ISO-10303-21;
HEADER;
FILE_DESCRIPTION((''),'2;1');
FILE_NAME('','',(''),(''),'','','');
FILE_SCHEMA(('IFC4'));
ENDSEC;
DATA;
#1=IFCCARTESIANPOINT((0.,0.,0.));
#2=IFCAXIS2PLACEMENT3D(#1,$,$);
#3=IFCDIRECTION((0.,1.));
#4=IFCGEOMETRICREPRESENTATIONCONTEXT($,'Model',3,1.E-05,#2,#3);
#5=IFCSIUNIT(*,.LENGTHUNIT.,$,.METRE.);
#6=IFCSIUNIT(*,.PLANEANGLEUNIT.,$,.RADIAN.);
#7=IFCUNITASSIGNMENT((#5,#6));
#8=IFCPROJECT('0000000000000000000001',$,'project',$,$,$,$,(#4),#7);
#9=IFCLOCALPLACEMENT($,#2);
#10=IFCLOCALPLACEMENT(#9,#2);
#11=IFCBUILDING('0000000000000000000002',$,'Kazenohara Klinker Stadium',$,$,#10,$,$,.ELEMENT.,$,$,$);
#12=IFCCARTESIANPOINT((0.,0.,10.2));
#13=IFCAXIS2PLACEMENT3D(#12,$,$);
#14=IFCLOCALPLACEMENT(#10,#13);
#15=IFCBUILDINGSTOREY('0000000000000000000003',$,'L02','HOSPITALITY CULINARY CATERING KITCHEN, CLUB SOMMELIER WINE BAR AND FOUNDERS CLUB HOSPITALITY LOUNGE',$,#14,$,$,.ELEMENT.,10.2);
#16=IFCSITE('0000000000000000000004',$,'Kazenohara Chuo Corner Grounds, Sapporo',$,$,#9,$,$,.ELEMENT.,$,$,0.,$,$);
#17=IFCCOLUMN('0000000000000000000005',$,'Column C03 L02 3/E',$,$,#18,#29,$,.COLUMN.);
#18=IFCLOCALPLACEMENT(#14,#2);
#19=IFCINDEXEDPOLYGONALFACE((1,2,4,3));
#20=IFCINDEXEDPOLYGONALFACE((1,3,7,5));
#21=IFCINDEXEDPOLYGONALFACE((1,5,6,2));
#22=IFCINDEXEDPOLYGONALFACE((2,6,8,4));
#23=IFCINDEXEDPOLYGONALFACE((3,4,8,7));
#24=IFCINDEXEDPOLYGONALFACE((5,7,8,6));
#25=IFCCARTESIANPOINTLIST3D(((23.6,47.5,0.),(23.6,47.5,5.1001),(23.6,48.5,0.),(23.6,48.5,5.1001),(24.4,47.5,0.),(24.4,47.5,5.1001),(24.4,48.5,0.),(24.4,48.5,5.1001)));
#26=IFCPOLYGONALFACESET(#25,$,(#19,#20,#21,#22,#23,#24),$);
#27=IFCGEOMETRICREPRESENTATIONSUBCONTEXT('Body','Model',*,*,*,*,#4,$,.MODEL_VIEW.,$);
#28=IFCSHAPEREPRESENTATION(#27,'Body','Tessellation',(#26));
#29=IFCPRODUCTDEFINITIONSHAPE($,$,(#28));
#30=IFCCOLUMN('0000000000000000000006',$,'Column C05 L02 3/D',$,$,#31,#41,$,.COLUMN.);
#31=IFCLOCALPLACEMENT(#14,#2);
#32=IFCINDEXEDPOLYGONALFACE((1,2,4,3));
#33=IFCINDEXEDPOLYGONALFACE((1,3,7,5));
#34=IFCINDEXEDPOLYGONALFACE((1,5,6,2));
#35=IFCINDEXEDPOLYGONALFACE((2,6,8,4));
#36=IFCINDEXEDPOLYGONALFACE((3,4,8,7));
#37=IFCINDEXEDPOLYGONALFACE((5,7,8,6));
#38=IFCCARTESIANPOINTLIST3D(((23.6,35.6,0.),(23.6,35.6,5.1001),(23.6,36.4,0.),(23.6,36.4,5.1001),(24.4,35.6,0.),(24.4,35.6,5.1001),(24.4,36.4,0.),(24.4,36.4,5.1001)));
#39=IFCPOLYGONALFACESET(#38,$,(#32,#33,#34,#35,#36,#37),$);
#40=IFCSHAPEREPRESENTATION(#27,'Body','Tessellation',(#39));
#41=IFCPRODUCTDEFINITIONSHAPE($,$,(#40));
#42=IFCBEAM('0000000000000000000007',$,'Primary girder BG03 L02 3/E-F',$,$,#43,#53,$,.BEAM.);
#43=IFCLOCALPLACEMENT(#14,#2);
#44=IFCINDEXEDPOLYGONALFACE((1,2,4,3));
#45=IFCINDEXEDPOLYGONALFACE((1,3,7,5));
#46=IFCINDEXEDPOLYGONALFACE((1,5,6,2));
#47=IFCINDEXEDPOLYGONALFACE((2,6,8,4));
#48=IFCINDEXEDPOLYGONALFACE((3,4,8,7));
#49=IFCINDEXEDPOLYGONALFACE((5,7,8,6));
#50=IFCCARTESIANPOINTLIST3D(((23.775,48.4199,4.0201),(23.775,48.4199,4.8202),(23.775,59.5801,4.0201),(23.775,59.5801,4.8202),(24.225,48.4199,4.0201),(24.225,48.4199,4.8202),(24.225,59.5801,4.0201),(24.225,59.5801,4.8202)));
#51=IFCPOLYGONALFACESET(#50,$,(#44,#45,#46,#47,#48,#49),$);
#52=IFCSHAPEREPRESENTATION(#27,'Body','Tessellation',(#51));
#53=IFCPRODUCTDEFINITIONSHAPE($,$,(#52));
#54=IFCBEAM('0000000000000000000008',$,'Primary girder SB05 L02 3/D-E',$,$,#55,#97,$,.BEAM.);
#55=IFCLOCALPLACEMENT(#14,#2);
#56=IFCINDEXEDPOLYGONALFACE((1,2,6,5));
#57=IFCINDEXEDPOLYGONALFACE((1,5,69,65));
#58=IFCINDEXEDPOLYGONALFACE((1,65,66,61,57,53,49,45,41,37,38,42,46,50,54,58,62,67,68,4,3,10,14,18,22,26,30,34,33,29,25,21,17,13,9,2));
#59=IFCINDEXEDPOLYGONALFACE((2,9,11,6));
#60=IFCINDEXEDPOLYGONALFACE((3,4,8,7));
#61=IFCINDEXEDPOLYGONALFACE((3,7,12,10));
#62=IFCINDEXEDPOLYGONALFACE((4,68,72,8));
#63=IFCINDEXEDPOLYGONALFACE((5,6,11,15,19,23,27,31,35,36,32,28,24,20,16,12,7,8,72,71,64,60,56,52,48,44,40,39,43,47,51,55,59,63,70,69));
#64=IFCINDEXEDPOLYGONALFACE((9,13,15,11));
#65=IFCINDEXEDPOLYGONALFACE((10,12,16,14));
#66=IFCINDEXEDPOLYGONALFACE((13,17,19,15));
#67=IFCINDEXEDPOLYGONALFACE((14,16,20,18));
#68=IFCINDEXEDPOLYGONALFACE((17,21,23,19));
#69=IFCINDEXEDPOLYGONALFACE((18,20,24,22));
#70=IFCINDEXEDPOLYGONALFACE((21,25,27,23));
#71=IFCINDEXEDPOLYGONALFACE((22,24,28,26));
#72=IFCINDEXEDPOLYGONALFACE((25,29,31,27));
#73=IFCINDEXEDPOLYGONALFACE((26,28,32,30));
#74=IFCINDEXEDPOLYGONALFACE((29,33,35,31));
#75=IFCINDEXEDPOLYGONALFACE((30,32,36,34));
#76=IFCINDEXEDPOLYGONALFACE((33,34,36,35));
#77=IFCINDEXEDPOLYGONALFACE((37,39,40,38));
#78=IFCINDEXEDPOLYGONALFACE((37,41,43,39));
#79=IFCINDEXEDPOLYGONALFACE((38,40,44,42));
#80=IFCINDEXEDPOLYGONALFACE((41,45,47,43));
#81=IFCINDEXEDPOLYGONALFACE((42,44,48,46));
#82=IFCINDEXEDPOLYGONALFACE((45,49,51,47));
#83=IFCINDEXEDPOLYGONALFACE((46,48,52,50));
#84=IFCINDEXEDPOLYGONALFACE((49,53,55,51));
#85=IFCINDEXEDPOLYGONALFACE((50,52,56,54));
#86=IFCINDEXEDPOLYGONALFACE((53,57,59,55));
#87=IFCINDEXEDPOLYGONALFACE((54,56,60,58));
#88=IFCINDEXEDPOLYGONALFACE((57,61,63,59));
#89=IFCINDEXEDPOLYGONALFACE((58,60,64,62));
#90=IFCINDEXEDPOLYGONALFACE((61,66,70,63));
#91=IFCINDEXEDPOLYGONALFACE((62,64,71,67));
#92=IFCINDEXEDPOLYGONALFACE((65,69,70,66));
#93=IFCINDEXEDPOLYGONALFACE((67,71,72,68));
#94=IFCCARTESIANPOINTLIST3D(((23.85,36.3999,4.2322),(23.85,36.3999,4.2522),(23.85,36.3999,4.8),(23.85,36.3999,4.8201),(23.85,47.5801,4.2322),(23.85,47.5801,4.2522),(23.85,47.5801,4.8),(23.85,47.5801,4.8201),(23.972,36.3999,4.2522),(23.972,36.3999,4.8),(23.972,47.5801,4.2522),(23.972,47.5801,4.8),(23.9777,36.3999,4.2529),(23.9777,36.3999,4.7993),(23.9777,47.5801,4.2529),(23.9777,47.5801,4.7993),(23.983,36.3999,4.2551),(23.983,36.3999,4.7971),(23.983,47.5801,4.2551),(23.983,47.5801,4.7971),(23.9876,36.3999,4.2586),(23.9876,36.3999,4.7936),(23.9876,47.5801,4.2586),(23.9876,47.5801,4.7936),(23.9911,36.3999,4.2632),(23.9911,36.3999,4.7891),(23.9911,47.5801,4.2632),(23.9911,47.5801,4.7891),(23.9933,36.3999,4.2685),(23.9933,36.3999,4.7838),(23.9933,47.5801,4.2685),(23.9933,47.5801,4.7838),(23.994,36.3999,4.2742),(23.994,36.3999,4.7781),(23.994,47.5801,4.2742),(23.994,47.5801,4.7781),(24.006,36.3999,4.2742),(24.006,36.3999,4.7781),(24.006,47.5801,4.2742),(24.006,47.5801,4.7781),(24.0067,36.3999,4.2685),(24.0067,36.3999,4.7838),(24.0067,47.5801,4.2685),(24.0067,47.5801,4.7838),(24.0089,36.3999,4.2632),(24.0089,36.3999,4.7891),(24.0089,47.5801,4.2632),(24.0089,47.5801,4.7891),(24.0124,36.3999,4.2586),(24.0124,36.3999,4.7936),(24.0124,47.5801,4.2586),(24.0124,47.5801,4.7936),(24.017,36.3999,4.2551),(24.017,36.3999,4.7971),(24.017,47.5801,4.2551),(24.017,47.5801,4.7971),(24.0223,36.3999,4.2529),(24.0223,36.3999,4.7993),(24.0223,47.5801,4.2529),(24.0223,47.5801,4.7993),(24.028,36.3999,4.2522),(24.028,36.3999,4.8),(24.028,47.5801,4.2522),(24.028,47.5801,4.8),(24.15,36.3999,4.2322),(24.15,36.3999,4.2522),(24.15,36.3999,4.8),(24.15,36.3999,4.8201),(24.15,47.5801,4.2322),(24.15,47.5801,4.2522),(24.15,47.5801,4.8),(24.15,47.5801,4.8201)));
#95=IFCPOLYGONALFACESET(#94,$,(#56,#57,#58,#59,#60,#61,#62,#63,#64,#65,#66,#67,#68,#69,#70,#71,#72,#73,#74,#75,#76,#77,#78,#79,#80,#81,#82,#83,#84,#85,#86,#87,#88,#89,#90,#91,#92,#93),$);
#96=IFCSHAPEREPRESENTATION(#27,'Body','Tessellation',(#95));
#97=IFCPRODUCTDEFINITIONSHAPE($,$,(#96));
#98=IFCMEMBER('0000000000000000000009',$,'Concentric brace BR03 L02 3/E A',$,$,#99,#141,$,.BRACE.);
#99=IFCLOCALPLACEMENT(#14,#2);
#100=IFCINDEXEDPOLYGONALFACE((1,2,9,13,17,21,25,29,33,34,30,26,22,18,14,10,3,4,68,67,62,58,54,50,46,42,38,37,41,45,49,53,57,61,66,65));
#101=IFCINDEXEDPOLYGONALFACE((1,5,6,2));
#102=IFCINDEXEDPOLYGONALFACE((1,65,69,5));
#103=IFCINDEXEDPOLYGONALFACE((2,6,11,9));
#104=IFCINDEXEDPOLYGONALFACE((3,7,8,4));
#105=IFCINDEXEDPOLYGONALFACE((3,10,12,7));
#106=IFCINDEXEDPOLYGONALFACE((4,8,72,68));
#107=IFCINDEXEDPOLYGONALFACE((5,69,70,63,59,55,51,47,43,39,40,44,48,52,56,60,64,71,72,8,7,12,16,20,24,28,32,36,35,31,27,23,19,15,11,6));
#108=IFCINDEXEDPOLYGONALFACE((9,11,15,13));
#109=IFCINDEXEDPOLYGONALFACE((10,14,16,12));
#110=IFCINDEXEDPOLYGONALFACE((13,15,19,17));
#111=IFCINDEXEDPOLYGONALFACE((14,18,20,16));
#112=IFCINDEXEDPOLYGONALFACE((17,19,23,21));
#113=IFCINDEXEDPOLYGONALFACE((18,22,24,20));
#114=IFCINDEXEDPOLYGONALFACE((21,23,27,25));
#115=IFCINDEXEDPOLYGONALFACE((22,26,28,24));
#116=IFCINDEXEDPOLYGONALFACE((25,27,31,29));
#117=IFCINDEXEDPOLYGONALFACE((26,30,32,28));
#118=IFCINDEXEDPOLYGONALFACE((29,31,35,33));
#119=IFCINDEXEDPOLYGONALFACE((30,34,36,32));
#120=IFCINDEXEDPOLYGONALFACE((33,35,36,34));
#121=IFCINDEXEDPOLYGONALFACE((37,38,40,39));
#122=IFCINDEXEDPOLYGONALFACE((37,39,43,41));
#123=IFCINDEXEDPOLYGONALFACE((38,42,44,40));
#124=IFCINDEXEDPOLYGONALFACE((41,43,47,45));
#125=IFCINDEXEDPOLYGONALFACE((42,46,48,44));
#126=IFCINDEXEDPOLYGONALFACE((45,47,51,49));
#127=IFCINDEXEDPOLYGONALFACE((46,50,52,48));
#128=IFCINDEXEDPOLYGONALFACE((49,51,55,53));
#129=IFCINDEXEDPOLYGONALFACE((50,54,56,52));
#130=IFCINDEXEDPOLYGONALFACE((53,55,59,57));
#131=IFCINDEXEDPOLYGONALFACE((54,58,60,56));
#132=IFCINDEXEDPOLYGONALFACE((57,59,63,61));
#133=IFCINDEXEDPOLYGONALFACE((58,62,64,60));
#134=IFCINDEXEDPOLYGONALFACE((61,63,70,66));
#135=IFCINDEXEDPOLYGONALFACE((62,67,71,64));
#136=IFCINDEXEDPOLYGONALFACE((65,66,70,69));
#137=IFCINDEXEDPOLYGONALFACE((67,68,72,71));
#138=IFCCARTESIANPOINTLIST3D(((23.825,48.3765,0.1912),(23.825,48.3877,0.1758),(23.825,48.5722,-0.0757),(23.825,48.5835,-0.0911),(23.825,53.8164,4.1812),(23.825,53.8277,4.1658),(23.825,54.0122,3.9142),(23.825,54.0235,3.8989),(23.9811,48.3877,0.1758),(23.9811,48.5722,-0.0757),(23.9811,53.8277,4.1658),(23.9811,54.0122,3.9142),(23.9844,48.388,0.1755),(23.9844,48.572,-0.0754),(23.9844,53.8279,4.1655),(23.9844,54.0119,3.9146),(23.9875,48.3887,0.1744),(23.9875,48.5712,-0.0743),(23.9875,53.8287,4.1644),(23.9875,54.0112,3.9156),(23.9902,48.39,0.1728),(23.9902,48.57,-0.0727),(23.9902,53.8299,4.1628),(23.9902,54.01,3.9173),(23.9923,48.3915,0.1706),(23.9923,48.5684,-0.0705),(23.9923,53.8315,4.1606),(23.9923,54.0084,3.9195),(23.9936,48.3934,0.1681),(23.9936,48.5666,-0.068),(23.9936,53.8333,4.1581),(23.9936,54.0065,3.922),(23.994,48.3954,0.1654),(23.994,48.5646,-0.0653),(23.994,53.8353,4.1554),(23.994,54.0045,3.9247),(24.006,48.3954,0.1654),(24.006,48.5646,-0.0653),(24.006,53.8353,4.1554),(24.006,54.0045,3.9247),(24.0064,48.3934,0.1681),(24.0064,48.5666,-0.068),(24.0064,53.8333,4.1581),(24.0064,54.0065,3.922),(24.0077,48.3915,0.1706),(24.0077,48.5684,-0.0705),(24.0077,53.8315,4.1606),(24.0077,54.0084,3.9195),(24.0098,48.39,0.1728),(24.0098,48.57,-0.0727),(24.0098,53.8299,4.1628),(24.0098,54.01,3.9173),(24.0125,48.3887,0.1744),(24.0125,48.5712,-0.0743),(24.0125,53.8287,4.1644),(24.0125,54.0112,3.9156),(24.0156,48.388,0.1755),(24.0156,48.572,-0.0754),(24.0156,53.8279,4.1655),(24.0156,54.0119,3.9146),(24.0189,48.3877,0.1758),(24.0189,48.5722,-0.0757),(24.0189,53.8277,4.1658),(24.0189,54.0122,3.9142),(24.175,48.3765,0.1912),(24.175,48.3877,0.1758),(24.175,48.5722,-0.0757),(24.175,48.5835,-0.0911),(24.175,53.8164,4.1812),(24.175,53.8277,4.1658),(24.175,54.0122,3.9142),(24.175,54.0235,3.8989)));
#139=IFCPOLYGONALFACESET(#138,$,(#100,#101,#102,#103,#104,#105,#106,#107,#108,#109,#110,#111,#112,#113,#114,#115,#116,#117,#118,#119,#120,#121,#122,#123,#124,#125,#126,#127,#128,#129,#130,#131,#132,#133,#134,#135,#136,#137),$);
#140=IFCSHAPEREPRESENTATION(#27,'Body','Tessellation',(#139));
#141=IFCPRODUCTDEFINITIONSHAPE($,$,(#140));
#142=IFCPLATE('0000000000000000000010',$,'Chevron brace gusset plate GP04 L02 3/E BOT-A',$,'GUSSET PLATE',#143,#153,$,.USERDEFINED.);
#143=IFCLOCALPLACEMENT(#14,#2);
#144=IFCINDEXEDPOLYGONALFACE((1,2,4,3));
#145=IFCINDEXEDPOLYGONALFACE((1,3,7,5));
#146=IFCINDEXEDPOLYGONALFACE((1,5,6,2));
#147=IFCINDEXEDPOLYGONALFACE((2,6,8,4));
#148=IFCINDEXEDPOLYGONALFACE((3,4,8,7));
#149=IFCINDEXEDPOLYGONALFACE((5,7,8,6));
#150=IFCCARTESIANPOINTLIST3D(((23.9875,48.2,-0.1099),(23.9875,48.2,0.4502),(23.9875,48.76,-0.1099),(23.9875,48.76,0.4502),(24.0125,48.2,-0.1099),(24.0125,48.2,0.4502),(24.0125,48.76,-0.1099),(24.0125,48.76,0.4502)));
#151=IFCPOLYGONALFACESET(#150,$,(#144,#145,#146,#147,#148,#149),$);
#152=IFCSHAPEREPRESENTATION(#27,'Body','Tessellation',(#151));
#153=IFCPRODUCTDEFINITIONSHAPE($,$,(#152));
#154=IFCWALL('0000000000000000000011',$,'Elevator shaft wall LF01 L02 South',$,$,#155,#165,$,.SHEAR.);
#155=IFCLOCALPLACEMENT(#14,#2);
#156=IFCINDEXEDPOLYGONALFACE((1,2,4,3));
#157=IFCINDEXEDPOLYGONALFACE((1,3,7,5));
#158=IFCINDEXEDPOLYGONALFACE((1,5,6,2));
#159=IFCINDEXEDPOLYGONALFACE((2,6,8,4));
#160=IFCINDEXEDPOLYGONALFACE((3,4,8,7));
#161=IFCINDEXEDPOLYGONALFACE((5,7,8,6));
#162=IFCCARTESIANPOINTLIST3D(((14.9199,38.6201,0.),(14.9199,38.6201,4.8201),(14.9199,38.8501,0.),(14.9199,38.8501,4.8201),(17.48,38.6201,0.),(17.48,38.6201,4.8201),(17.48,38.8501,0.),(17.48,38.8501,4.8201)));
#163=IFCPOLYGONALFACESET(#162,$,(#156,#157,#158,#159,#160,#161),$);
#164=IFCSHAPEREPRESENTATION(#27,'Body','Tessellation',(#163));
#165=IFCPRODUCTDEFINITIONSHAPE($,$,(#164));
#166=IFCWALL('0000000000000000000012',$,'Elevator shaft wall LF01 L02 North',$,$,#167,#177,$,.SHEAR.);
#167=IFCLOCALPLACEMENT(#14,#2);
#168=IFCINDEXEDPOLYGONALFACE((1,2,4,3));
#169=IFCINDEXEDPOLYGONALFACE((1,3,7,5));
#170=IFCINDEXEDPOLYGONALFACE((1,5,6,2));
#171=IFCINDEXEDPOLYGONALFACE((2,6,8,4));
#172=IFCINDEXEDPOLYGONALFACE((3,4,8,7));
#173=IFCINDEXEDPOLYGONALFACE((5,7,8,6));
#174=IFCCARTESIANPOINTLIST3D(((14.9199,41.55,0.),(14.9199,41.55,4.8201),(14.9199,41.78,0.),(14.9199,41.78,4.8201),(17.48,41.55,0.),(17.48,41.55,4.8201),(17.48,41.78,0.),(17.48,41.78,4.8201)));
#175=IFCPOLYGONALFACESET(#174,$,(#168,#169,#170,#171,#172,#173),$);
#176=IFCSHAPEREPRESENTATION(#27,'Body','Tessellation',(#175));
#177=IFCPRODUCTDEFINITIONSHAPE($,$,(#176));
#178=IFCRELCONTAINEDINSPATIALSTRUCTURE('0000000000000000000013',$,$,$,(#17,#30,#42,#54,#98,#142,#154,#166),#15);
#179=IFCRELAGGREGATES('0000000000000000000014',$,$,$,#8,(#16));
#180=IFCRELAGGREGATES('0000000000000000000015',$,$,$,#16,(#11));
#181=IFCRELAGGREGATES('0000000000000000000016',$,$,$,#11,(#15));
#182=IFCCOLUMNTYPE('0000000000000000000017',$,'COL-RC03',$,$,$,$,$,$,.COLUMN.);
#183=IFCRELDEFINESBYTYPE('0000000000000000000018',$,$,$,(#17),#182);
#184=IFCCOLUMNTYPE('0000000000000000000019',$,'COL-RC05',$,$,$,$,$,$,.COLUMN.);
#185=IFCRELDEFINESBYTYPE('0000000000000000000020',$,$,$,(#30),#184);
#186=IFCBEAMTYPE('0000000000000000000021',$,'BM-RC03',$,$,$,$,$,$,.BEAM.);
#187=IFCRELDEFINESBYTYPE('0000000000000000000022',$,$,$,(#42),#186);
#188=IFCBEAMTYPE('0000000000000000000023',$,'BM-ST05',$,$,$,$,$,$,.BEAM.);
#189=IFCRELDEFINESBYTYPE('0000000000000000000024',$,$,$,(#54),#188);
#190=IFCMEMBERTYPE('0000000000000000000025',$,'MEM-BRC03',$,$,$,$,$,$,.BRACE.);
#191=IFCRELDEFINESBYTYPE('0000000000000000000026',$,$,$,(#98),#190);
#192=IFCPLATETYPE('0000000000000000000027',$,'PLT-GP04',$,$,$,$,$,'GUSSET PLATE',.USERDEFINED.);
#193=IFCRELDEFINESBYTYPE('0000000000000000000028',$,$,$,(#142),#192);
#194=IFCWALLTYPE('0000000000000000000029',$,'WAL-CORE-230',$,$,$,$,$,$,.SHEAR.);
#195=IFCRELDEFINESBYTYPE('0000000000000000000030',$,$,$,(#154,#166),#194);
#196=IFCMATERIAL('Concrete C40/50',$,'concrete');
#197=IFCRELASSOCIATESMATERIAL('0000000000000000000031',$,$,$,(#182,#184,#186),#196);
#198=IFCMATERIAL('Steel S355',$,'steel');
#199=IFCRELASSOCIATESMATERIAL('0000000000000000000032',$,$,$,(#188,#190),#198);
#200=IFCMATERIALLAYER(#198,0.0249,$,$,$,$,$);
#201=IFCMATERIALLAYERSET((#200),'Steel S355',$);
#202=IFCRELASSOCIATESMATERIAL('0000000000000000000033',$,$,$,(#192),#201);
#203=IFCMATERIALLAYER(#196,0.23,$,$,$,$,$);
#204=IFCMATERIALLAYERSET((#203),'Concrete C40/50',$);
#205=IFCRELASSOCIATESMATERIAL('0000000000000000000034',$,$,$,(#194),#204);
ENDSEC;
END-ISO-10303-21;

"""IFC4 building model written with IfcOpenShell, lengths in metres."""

from ifc_helpers import new_model, si_unit, direction, frame, frame_2d, origin, origin_2d, place, context, subcontext, project, spatial, rectangle, i_section, extrude, material, layer, layer_set, material_profile, profile_set, type_object, element, save


model = new_model("IFC4")

# Units and contexts
model_context = context("Model", 3, precision=1e-05, world=origin(), true_north=direction((0.0, 1.0)))
body_context = subcontext(model_context, "Body", "Model", "MODEL_VIEW")
ifc_project = project(units=[si_unit("LENGTHUNIT", "METRE"), si_unit("PLANEANGLEUNIT", "RADIAN")], contexts=[model_context])

# Site, building, storey
site_placement = place(None, origin())
site = spatial("IfcSite", under=ifc_project, at=site_placement, Name="Kazenohara Chuo Corner Grounds, Sapporo", CompositionType="ELEMENT", RefElevation=0.0)
building_placement = place(site_placement, origin())
building = spatial("IfcBuilding", under=site, at=building_placement, Name="Kazenohara Klinker Stadium", CompositionType="ELEMENT")
storey_placement = place(building_placement, frame((0.0, 0.0, 10.2)))
storey = spatial("IfcBuildingStorey", under=building, at=storey_placement, Name="L02", Description="HOSPITALITY CULINARY CATERING KITCHEN, CLUB SOMMELIER WINE BAR AND FOUNDERS CLUB HOSPITALITY LOUNGE", CompositionType="ELEMENT", Elevation=10.2)

# Columns
ifc_material_1 = material(Name="Concrete C40/50", Category="concrete")
ifc_material_profile_1 = material_profile(ifc_material_1, rectangle(XDim=0.8, YDim=1.0, at=origin_2d()), Name="RC-COL-1000x800")
ifc_profile_set_1 = profile_set([ifc_material_profile_1], Name="Concrete C40/50")
column_type_1 = type_object("IfcColumnType", Name="COL-RC03", PredefinedType="COLUMN", material=ifc_profile_set_1)
column_1_placement = place(storey_placement, frame((24.0, 48.0, 0.0), z_axis=(0.0, 0.0, 1.0), x_axis=(1.0, 0.0, 0.0)))
element("IfcColumn", 1, at=column_1_placement, inside=storey, type_object=column_type_1, Name="Column C03 L02 3/E", PredefinedType="COLUMN", context=body_context, shape_type="SweptSolid", body=[
    extrude(rectangle(XDim=0.8, YDim=1.0, at=origin_2d()), origin(), (0.0, 0.0, 1.0), 5.1001),
])
ifc_material_profile_2 = material_profile(ifc_material_1, rectangle(XDim=0.8, YDim=0.8, at=origin_2d()), Name="RC-COL-800x800")
ifc_profile_set_2 = profile_set([ifc_material_profile_2], Name="Concrete C40/50")
column_type_2 = type_object("IfcColumnType", Name="COL-RC05", PredefinedType="COLUMN", material=ifc_profile_set_2)
column_2_placement = place(storey_placement, frame((24.0, 36.0, 0.0), z_axis=(0.0, 0.0, 1.0), x_axis=(1.0, 0.0, 0.0)))
element("IfcColumn", 2, at=column_2_placement, inside=storey, type_object=column_type_2, Name="Column C05 L02 3/D", PredefinedType="COLUMN", context=body_context, shape_type="SweptSolid", body=[
    extrude(rectangle(XDim=0.8, YDim=0.8, at=origin_2d()), origin(), (0.0, 0.0, 1.0), 5.1001),
])

# Beams
ifc_material_profile_3 = material_profile(ifc_material_1, rectangle(XDim=0.45, YDim=0.8, at=origin_2d()), Name="RC-BM-450x800")
ifc_profile_set_3 = profile_set([ifc_material_profile_3], Name="Concrete C40/50")
beam_type_1 = type_object("IfcBeamType", Name="BM-RC03", PredefinedType="BEAM", material=ifc_profile_set_3)
beam_1_placement = place(storey_placement, frame((24.0, 48.4199, 4.4202), z_axis=(0.0, 1.0, 0.0), x_axis=(-1.0, 0.0, 0.0)))
element("IfcBeam", 3, at=beam_1_placement, inside=storey, type_object=beam_type_1, Name="Primary girder BG03 L02 3/E-F", PredefinedType="BEAM", context=body_context, shape_type="SweptSolid", body=[
    extrude(rectangle(XDim=0.45, YDim=0.8, at=origin_2d()), origin(), (0.0, 0.0, 1.0), 11.1602),
])
ifc_material_2 = material(Name="Steel S355", Category="steel")
ifc_material_profile_4 = material_profile(ifc_material_2, i_section(OverallWidth=0.3, OverallDepth=0.5879, WebThickness=0.012, FlangeThickness=0.02, FilletRadius=0.022, at=origin_2d()), Name="H-588x300x12x20")
ifc_profile_set_4 = profile_set([ifc_material_profile_4], Name="Steel S355")
beam_type_2 = type_object("IfcBeamType", Name="BM-ST05", PredefinedType="BEAM", material=ifc_profile_set_4)
beam_2_placement = place(storey_placement, frame((24.0, 36.3999, 4.5261), z_axis=(0.0, 1.0, 0.0), x_axis=(-1.0, 0.0, 0.0)))
element("IfcBeam", 4, at=beam_2_placement, inside=storey, type_object=beam_type_2, Name="Primary girder SB05 L02 3/D-E", PredefinedType="BEAM", context=body_context, shape_type="SweptSolid", body=[
    extrude(i_section(OverallWidth=0.3, OverallDepth=0.5879, WebThickness=0.012, FlangeThickness=0.02, FilletRadius=0.022, at=origin_2d()), origin(), (0.0, 0.0, 1.0), 11.1802),
])

# Member
ifc_material_profile_5 = material_profile(ifc_material_2, i_section(OverallWidth=0.3501, OverallDepth=0.3501, WebThickness=0.012, FlangeThickness=0.019, FilletRadius=0.0129, at=origin_2d()), Name="H-350x350x12x19")
ifc_profile_set_5 = profile_set([ifc_material_profile_5], Name="Steel S355")
member_type = type_object("IfcMemberType", Name="MEM-BRC03", PredefinedType="BRACE", material=ifc_profile_set_5)
member_placement = place(storey_placement, frame((24.0, 48.48, 0.05), z_axis=(0.0, 0.806356, 0.591431), x_axis=(-1.0, 0.0, 0.0)))
element("IfcMember", 5, at=member_placement, inside=storey, type_object=member_type, Name="Concentric brace BR03 L02 3/E A", PredefinedType="BRACE", context=body_context, shape_type="SweptSolid", body=[
    extrude(i_section(OverallWidth=0.3501, OverallDepth=0.3501, WebThickness=0.012, FlangeThickness=0.019, FilletRadius=0.0129, at=origin_2d()), origin(), (0.0, 0.0, 1.0), 6.7463),
])

# Plate
ifc_layer_1 = layer(ifc_material_2, 0.0249)
ifc_layer_set_1 = layer_set([ifc_layer_1], Name="Steel S355")
plate_type = type_object("IfcPlateType", Name="PLT-GP04", ElementType="GUSSET PLATE", PredefinedType="USERDEFINED", material=ifc_layer_set_1)
plate_placement = place(storey_placement, frame((24.0, 48.48, -0.1099), z_axis=(0.0, 0.0, 1.0), x_axis=(1.0, 0.0, 0.0)))
element("IfcPlate", 6, at=plate_placement, inside=storey, type_object=plate_type, Name="Chevron brace gusset plate GP04 L02 3/E BOT-A", ObjectType="GUSSET PLATE", PredefinedType="USERDEFINED", context=body_context, shape_type="SweptSolid", body=[
    extrude(rectangle(XDim=0.0249, YDim=0.5601, at=origin_2d()), origin(), (0.0, 0.0, 1.0), 0.5601),
])

# Walls
ifc_layer_2 = layer(ifc_material_1, 0.23)
ifc_layer_set_2 = layer_set([ifc_layer_2], Name="Concrete C40/50")
wall_type_1 = type_object("IfcWallType", Name="WAL-CORE-230", PredefinedType="SHEAR", material=ifc_layer_set_2)
for number, where, z_axis, x_axis, name in (
    (7, (14.9199, 38.7351, 0.0), (0.0, 0.0, 1.0), (1.0, 0.0, 0.0), "Elevator shaft wall LF01 L02 South"),
    (8, (14.9199, 41.665, 0.0), (0.0, 0.0, 1.0), (1.0, 0.0, 0.0), "Elevator shaft wall LF01 L02 North"),
):
    element("IfcWall", number, at=place(storey_placement, frame(where, z_axis=z_axis, x_axis=x_axis)), inside=storey, type_object=wall_type_1, Name=name, PredefinedType="SHEAR", context=body_context, shape_type="SweptSolid", body=[
        extrude(rectangle(XDim=2.5601, YDim=0.23, at=frame_2d((1.28, 0.0))), origin(), (0.0, 0.0, 1.0), 4.8201),
    ])

save(model, "model.ifc")
